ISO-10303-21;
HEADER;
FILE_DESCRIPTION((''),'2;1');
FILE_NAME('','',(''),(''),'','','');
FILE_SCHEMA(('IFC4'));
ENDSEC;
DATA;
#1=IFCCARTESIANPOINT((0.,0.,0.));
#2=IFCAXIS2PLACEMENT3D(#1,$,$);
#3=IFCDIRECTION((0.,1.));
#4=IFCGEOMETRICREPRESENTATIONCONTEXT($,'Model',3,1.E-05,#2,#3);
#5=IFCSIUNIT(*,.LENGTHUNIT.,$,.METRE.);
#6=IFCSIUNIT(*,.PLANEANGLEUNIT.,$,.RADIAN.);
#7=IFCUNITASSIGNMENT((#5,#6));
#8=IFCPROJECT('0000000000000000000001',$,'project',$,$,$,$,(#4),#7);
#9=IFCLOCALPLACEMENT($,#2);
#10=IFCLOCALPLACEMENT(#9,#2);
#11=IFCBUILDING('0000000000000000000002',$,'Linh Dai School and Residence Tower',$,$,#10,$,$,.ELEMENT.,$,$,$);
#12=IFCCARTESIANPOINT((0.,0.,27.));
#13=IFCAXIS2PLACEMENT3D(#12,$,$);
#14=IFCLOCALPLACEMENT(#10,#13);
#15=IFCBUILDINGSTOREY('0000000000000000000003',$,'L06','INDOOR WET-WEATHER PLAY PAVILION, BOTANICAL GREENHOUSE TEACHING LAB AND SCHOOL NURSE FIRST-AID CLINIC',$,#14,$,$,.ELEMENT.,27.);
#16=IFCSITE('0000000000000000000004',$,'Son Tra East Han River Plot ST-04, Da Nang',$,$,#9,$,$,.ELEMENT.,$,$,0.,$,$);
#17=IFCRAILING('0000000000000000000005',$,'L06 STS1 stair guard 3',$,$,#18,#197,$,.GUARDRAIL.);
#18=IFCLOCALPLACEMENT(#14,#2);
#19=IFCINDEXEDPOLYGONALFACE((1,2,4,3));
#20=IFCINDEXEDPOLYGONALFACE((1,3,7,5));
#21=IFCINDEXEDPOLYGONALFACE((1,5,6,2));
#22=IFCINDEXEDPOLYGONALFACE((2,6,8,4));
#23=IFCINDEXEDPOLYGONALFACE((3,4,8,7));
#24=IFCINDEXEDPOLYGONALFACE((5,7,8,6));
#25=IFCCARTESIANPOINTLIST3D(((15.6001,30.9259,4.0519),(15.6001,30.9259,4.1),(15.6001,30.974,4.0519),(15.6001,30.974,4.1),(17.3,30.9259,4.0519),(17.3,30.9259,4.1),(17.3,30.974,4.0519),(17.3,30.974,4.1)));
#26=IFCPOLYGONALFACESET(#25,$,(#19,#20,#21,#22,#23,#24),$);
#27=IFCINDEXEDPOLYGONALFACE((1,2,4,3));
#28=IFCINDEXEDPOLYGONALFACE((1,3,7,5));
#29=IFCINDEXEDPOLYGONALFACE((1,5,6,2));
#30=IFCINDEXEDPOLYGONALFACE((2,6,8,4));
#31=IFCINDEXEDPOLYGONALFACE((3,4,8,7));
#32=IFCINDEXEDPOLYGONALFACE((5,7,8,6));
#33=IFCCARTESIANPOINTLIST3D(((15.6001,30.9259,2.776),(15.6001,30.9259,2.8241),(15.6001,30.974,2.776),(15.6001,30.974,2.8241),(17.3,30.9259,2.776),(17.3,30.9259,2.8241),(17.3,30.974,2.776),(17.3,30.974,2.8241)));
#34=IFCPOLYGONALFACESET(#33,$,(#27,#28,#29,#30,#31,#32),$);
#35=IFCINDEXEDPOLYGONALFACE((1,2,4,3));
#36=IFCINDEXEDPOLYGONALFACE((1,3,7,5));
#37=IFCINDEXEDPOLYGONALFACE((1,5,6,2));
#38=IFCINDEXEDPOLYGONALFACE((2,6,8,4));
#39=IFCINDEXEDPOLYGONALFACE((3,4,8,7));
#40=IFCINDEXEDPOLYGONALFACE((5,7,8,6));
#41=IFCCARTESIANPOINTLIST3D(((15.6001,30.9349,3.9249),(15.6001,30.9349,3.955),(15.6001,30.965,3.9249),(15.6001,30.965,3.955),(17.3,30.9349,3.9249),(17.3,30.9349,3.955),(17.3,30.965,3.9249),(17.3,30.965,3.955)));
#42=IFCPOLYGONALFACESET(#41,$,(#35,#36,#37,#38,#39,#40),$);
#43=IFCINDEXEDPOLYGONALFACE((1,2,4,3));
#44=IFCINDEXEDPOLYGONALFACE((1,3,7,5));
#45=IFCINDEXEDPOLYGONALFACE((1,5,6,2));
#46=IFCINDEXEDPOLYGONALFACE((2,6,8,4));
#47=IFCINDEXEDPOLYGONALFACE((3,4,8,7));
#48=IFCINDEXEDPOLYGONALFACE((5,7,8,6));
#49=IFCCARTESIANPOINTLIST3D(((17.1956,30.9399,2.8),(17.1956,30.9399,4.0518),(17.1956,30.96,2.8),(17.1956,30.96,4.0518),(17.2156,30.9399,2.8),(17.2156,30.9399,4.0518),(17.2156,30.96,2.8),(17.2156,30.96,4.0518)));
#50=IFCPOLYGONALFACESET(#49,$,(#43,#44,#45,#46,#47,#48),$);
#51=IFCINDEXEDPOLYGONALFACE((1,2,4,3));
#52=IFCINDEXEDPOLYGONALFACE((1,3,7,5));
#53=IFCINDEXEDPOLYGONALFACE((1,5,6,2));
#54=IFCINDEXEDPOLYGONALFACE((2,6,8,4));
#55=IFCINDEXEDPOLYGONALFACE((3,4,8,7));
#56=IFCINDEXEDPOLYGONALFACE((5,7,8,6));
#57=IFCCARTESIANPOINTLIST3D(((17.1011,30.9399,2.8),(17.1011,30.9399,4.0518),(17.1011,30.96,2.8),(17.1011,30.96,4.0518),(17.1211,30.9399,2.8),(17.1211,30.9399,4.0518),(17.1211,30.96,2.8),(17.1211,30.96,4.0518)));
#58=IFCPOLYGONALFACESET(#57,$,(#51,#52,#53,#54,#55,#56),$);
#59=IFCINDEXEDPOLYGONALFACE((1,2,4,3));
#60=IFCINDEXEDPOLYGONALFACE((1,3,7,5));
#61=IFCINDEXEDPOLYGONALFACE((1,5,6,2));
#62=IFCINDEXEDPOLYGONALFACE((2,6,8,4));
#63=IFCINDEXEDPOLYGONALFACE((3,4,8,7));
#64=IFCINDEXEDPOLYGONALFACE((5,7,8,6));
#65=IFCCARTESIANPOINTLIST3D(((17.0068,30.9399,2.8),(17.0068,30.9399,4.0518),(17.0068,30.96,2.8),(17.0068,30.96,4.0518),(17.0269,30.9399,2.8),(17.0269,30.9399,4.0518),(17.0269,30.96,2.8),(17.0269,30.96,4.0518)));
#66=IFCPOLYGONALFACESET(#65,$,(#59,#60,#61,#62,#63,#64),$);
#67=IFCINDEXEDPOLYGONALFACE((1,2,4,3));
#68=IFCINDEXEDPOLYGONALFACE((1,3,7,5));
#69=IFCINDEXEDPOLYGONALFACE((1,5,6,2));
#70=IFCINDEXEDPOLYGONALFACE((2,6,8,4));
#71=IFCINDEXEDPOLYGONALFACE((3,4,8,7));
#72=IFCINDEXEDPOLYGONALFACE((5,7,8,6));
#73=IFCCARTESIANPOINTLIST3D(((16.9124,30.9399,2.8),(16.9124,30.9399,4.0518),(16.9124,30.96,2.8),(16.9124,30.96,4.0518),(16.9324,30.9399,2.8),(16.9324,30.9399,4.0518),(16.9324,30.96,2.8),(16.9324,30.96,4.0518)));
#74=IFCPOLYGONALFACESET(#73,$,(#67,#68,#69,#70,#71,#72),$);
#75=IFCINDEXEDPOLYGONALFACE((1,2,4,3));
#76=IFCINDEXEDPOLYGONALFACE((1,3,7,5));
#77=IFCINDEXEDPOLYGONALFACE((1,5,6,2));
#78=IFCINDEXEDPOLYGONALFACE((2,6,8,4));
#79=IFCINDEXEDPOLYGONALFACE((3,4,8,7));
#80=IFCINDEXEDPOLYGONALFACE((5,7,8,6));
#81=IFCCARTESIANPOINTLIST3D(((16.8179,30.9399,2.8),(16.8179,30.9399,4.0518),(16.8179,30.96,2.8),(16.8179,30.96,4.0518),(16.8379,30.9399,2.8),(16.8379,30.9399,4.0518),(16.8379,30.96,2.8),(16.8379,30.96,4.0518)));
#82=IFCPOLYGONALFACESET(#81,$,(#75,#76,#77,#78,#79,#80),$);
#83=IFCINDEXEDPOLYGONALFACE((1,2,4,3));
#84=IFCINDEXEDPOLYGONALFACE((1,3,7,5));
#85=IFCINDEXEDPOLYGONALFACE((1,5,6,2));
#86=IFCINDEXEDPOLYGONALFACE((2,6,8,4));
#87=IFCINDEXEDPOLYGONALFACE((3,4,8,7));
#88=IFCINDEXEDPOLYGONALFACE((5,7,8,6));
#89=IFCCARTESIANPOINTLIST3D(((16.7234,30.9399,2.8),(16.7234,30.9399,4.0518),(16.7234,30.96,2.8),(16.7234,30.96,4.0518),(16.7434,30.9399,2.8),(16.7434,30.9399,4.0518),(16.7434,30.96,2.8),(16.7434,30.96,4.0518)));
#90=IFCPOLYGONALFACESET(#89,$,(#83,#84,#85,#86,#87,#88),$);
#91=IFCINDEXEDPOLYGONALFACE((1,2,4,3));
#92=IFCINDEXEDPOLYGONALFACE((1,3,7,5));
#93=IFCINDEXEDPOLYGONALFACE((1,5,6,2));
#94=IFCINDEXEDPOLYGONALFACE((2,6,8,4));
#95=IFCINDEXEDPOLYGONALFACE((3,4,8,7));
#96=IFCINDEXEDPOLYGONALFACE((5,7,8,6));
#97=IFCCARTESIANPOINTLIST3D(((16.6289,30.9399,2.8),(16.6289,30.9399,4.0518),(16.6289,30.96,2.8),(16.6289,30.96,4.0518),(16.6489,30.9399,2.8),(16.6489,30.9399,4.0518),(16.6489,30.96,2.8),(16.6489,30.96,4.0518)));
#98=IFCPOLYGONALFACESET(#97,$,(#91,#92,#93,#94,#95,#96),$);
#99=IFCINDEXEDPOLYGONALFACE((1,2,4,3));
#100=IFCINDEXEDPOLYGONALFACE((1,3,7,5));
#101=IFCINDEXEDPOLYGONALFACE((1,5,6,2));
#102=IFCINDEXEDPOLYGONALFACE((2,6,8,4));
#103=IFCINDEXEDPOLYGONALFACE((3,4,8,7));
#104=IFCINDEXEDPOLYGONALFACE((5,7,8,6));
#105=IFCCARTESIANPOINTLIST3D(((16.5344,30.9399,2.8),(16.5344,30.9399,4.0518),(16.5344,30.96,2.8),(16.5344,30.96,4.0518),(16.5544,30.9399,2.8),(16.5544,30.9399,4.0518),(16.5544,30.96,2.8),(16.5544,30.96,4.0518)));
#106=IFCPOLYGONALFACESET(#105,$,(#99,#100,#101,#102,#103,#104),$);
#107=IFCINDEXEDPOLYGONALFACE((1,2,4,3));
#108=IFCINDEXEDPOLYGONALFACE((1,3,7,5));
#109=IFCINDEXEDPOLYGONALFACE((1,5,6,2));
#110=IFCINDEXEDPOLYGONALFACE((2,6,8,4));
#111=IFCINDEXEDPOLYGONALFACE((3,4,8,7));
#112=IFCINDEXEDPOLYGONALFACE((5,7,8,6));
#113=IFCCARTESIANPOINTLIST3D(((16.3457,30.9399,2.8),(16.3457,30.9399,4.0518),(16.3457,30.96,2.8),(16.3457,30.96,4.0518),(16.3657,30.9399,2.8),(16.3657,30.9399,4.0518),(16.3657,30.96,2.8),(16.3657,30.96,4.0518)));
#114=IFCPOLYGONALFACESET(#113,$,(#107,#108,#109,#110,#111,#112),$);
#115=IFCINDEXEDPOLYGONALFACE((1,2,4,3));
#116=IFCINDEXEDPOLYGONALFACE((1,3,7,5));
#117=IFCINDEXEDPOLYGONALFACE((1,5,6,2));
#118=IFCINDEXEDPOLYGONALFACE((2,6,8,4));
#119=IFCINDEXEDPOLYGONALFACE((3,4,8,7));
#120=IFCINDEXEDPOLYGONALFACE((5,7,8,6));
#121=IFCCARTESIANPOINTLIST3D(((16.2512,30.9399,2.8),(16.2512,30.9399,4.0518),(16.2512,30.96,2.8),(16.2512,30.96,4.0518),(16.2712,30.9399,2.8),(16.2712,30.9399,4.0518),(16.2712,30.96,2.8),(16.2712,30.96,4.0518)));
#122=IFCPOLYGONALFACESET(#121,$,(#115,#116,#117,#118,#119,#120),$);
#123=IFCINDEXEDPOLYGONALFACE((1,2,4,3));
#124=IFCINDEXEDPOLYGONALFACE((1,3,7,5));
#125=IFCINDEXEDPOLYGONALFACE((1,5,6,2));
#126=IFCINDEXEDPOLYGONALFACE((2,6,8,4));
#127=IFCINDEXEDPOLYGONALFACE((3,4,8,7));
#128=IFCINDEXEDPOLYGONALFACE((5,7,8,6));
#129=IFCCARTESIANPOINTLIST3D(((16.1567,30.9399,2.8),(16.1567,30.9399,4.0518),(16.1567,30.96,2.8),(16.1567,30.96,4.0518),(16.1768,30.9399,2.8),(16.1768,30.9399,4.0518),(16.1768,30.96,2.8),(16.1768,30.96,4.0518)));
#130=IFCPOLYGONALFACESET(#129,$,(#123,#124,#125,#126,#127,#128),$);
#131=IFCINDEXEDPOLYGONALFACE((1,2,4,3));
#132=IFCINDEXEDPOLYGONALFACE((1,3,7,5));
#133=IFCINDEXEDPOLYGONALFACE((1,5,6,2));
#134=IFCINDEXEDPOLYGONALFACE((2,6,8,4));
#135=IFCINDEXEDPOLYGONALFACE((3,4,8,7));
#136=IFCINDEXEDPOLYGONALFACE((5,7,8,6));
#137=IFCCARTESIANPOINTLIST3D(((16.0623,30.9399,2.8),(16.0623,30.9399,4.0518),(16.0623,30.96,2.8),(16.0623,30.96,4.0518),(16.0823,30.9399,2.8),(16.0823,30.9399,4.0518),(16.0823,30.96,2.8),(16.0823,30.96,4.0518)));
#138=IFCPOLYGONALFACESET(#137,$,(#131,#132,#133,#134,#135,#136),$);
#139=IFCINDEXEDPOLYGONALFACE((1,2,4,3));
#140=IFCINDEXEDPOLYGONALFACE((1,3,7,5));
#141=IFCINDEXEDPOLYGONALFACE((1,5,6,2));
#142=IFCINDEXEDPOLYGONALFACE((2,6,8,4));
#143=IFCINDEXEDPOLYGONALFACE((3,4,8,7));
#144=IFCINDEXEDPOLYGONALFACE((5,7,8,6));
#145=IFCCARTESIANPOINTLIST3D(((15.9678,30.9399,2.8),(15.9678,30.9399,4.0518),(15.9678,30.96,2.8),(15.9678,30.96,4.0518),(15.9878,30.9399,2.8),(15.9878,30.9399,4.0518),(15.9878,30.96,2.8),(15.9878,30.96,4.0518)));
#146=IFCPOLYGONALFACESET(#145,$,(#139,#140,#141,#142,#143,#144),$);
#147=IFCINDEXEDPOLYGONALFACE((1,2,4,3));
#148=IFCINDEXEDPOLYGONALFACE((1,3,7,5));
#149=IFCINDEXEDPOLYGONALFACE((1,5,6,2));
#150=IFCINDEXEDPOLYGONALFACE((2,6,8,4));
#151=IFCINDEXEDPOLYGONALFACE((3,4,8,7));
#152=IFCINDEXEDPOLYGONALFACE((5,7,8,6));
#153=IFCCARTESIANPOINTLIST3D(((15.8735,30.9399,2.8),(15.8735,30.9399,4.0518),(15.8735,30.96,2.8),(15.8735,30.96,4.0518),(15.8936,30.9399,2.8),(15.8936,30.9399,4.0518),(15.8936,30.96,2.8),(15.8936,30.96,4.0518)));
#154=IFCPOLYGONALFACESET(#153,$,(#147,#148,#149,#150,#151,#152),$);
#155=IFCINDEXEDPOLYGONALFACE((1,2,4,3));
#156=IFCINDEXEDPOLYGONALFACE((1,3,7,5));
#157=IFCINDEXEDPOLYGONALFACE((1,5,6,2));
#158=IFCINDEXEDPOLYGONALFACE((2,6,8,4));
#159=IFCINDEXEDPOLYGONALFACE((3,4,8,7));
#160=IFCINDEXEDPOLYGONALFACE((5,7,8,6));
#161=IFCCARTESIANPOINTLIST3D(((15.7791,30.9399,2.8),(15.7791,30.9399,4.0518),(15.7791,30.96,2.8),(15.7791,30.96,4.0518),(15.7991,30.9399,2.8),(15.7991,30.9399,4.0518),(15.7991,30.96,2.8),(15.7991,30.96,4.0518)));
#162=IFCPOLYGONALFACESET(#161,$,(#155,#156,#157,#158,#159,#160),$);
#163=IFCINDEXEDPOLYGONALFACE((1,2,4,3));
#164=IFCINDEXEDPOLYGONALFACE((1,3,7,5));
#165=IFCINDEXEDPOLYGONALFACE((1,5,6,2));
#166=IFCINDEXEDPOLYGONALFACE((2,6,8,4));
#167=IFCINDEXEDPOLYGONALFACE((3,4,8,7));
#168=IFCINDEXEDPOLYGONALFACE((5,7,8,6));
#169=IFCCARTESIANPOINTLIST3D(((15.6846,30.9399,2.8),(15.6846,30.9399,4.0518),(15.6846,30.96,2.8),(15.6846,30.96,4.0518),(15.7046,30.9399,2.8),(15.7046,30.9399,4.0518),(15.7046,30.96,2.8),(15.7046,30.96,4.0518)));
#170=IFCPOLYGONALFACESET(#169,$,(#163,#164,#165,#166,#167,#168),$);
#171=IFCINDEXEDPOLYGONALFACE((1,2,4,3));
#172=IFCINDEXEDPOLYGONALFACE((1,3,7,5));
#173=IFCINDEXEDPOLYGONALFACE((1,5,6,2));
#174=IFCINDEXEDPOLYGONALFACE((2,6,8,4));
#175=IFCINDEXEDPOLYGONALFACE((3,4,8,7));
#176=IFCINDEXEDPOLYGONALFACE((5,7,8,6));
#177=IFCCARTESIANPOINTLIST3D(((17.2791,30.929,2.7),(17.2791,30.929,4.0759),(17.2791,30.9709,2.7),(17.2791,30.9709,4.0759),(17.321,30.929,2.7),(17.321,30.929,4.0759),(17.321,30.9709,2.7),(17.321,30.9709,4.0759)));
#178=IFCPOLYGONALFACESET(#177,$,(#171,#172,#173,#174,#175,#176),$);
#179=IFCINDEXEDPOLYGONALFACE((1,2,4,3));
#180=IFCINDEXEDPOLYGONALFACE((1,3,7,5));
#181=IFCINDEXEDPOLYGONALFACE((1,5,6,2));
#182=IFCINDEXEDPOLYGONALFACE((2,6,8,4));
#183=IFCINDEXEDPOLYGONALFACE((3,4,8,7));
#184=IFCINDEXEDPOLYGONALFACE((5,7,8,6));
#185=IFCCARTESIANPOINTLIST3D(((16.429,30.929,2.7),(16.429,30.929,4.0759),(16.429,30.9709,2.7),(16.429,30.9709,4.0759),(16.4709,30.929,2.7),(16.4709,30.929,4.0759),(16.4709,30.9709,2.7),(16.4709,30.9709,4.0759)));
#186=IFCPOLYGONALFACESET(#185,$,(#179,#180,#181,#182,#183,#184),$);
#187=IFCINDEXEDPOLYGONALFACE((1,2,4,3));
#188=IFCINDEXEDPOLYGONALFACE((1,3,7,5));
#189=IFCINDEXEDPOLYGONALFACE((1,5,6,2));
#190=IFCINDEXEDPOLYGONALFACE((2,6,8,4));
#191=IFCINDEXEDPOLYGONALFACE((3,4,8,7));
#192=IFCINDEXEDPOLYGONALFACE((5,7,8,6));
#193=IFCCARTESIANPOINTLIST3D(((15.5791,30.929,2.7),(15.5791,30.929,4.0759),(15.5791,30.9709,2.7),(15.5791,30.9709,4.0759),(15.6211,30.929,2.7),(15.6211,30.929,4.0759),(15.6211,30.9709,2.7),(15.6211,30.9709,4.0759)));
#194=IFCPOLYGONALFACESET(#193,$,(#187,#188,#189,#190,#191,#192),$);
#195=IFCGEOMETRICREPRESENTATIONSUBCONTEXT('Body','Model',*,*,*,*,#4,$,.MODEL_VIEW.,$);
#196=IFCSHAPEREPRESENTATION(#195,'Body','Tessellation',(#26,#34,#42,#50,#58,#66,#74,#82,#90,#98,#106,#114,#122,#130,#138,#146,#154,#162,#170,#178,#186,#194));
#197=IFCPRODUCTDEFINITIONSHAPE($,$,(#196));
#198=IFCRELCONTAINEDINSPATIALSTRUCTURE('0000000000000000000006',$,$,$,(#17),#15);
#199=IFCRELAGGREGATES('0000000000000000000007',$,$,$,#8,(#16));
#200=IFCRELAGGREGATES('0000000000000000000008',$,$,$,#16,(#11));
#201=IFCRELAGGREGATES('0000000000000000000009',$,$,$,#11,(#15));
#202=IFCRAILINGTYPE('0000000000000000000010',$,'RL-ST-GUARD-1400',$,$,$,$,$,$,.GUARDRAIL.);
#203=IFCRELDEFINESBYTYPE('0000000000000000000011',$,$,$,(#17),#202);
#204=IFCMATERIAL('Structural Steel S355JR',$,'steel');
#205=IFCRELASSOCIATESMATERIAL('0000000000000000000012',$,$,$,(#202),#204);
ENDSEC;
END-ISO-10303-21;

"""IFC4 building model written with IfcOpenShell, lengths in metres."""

from ifc_helpers import new_model, si_unit, direction, frame, origin, origin_2d, place, context, subcontext, project, spatial, rectangle, extrude, source, transform, mapped, material, type_object, element, save


model = new_model("IFC4")

# Units and contexts
model_context = context("Model", 3, precision=1e-05, world=origin(), true_north=direction((0.0, 1.0)))
body_context = subcontext(model_context, "Body", "Model", "MODEL_VIEW")
ifc_project = project(units=[si_unit("LENGTHUNIT", "METRE"), si_unit("PLANEANGLEUNIT", "RADIAN")], contexts=[model_context])

# Site, building, storey
site_placement = place(None, origin())
site = spatial("IfcSite", under=ifc_project, at=site_placement, Name="Son Tra East Han River Plot ST-04, Da Nang", CompositionType="ELEMENT", RefElevation=0.0)
building_placement = place(site_placement, origin())
building = spatial("IfcBuilding", under=site, at=building_placement, Name="Linh Dai School and Residence Tower", CompositionType="ELEMENT")
storey_placement = place(building_placement, frame((0.0, 0.0, 27.0)))
storey = spatial("IfcBuildingStorey", under=building, at=storey_placement, Name="L06", Description="INDOOR WET-WEATHER PLAY PAVILION, BOTANICAL GREENHOUSE TEACHING LAB AND SCHOOL NURSE FIRST-AID CLINIC", CompositionType="ELEMENT", Elevation=27.0)

# Shared definitions
ifc_material_1 = material(Name="Structural Steel S355JR", Category="steel")

# Railing
railing_type_1 = type_object("IfcRailingType", Name="RL-ST-GUARD-1400", PredefinedType="GUARDRAIL", material=ifc_material_1)
shared_shape_1 = source(origin(), body_context, "Body", "SweptSolid", [
    extrude(rectangle(XDim=0.0481, YDim=0.0481, at=origin_2d()), frame((0.0, 0.0, 1.376), z_axis=(-1.0, 0.0, 0.0), x_axis=(0.0, -1.0, 0.0)), (0.0, 0.0, 1.0), 1.7),
    extrude(rectangle(XDim=0.0481, YDim=0.0481, at=origin_2d()), frame((0.0, 0.0, 0.1001), z_axis=(-1.0, 0.0, 0.0), x_axis=(0.0, -1.0, 0.0)), (0.0, 0.0, 1.0), 1.7),
    extrude(rectangle(XDim=0.03, YDim=0.03, at=origin_2d()), frame((0.0, 0.0, 1.24), z_axis=(-1.0, 0.0, 0.0), x_axis=(0.0, -1.0, 0.0)), (0.0, 0.0, 1.0), 1.7),
    extrude(rectangle(XDim=0.02, YDim=0.02, at=origin_2d()), frame((-0.0945, 0.0, 0.1001)), (0.0, 0.0, 1.0), 1.2517),
    extrude(rectangle(XDim=0.02, YDim=0.02, at=origin_2d()), frame((-0.189, 0.0, 0.1001)), (0.0, 0.0, 1.0), 1.2517),
    extrude(rectangle(XDim=0.02, YDim=0.02, at=origin_2d()), frame((-0.2832, 0.0, 0.1001)), (0.0, 0.0, 1.0), 1.2517),
    extrude(rectangle(XDim=0.02, YDim=0.02, at=origin_2d()), frame((-0.3777, 0.0, 0.1001)), (0.0, 0.0, 1.0), 1.2517),
    extrude(rectangle(XDim=0.02, YDim=0.02, at=origin_2d()), frame((-0.4722, 0.0, 0.1001)), (0.0, 0.0, 1.0), 1.2517),
    extrude(rectangle(XDim=0.02, YDim=0.02, at=origin_2d()), frame((-0.5667, 0.0, 0.1001)), (0.0, 0.0, 1.0), 1.2517),
    extrude(rectangle(XDim=0.02, YDim=0.02, at=origin_2d()), frame((-0.6611, 0.0, 0.1001)), (0.0, 0.0, 1.0), 1.2517),
    extrude(rectangle(XDim=0.02, YDim=0.02, at=origin_2d()), frame((-0.7556, 0.0, 0.1001)), (0.0, 0.0, 1.0), 1.2517),
    extrude(rectangle(XDim=0.02, YDim=0.02, at=origin_2d()), frame((-0.9443, 0.0, 0.1001)), (0.0, 0.0, 1.0), 1.2517),
    extrude(rectangle(XDim=0.02, YDim=0.02, at=origin_2d()), frame((-1.0388, 0.0, 0.1001)), (0.0, 0.0, 1.0), 1.2517),
    extrude(rectangle(XDim=0.02, YDim=0.02, at=origin_2d()), frame((-1.1333, 0.0, 0.1001)), (0.0, 0.0, 1.0), 1.2517),
    extrude(rectangle(XDim=0.02, YDim=0.02, at=origin_2d()), frame((-1.2278, 0.0, 0.1001)), (0.0, 0.0, 1.0), 1.2517),
    extrude(rectangle(XDim=0.02, YDim=0.02, at=origin_2d()), frame((-1.3223, 0.0, 0.1001)), (0.0, 0.0, 1.0), 1.2517),
    extrude(rectangle(XDim=0.02, YDim=0.02, at=origin_2d()), frame((-1.4165, 0.0, 0.1001)), (0.0, 0.0, 1.0), 1.2517),
    extrude(rectangle(XDim=0.02, YDim=0.02, at=origin_2d()), frame((-1.511, 0.0, 0.1001)), (0.0, 0.0, 1.0), 1.2517),
    extrude(rectangle(XDim=0.02, YDim=0.02, at=origin_2d()), frame((-1.6055, 0.0, 0.1001)), (0.0, 0.0, 1.0), 1.2517),
    extrude(rectangle(XDim=0.042, YDim=0.042, at=origin_2d()), origin(), (0.0, 0.0, 1.0), 1.376),
    extrude(rectangle(XDim=0.042, YDim=0.042, at=origin_2d()), frame((-0.8501, 0.0, 0.0)), (0.0, 0.0, 1.0), 1.376),
    extrude(rectangle(XDim=0.042, YDim=0.042, at=origin_2d()), frame((-1.7, 0.0, 0.0)), (0.0, 0.0, 1.0), 1.376),
])
for number, where, name in (
    (1, (17.3, 30.95, 2.7), "L06 STS1 stair guard 3"),
):
    element("IfcRailing", number, at=place(storey_placement, frame(where)), inside=storey, type_object=railing_type_1, Name=name, PredefinedType="GUARDRAIL", context=body_context, shape_type="MappedRepresentation", body=[
        mapped(shared_shape_1, transform((0.0, 0.0, 0.0), x_axis=(1.0, 0.0, 0.0), y_axis=(0.0, 1.0, 0.0), z_axis=(0.0, 0.0, 1.0), scale=1.0)),
    ])

save(model, "model.ifc")
